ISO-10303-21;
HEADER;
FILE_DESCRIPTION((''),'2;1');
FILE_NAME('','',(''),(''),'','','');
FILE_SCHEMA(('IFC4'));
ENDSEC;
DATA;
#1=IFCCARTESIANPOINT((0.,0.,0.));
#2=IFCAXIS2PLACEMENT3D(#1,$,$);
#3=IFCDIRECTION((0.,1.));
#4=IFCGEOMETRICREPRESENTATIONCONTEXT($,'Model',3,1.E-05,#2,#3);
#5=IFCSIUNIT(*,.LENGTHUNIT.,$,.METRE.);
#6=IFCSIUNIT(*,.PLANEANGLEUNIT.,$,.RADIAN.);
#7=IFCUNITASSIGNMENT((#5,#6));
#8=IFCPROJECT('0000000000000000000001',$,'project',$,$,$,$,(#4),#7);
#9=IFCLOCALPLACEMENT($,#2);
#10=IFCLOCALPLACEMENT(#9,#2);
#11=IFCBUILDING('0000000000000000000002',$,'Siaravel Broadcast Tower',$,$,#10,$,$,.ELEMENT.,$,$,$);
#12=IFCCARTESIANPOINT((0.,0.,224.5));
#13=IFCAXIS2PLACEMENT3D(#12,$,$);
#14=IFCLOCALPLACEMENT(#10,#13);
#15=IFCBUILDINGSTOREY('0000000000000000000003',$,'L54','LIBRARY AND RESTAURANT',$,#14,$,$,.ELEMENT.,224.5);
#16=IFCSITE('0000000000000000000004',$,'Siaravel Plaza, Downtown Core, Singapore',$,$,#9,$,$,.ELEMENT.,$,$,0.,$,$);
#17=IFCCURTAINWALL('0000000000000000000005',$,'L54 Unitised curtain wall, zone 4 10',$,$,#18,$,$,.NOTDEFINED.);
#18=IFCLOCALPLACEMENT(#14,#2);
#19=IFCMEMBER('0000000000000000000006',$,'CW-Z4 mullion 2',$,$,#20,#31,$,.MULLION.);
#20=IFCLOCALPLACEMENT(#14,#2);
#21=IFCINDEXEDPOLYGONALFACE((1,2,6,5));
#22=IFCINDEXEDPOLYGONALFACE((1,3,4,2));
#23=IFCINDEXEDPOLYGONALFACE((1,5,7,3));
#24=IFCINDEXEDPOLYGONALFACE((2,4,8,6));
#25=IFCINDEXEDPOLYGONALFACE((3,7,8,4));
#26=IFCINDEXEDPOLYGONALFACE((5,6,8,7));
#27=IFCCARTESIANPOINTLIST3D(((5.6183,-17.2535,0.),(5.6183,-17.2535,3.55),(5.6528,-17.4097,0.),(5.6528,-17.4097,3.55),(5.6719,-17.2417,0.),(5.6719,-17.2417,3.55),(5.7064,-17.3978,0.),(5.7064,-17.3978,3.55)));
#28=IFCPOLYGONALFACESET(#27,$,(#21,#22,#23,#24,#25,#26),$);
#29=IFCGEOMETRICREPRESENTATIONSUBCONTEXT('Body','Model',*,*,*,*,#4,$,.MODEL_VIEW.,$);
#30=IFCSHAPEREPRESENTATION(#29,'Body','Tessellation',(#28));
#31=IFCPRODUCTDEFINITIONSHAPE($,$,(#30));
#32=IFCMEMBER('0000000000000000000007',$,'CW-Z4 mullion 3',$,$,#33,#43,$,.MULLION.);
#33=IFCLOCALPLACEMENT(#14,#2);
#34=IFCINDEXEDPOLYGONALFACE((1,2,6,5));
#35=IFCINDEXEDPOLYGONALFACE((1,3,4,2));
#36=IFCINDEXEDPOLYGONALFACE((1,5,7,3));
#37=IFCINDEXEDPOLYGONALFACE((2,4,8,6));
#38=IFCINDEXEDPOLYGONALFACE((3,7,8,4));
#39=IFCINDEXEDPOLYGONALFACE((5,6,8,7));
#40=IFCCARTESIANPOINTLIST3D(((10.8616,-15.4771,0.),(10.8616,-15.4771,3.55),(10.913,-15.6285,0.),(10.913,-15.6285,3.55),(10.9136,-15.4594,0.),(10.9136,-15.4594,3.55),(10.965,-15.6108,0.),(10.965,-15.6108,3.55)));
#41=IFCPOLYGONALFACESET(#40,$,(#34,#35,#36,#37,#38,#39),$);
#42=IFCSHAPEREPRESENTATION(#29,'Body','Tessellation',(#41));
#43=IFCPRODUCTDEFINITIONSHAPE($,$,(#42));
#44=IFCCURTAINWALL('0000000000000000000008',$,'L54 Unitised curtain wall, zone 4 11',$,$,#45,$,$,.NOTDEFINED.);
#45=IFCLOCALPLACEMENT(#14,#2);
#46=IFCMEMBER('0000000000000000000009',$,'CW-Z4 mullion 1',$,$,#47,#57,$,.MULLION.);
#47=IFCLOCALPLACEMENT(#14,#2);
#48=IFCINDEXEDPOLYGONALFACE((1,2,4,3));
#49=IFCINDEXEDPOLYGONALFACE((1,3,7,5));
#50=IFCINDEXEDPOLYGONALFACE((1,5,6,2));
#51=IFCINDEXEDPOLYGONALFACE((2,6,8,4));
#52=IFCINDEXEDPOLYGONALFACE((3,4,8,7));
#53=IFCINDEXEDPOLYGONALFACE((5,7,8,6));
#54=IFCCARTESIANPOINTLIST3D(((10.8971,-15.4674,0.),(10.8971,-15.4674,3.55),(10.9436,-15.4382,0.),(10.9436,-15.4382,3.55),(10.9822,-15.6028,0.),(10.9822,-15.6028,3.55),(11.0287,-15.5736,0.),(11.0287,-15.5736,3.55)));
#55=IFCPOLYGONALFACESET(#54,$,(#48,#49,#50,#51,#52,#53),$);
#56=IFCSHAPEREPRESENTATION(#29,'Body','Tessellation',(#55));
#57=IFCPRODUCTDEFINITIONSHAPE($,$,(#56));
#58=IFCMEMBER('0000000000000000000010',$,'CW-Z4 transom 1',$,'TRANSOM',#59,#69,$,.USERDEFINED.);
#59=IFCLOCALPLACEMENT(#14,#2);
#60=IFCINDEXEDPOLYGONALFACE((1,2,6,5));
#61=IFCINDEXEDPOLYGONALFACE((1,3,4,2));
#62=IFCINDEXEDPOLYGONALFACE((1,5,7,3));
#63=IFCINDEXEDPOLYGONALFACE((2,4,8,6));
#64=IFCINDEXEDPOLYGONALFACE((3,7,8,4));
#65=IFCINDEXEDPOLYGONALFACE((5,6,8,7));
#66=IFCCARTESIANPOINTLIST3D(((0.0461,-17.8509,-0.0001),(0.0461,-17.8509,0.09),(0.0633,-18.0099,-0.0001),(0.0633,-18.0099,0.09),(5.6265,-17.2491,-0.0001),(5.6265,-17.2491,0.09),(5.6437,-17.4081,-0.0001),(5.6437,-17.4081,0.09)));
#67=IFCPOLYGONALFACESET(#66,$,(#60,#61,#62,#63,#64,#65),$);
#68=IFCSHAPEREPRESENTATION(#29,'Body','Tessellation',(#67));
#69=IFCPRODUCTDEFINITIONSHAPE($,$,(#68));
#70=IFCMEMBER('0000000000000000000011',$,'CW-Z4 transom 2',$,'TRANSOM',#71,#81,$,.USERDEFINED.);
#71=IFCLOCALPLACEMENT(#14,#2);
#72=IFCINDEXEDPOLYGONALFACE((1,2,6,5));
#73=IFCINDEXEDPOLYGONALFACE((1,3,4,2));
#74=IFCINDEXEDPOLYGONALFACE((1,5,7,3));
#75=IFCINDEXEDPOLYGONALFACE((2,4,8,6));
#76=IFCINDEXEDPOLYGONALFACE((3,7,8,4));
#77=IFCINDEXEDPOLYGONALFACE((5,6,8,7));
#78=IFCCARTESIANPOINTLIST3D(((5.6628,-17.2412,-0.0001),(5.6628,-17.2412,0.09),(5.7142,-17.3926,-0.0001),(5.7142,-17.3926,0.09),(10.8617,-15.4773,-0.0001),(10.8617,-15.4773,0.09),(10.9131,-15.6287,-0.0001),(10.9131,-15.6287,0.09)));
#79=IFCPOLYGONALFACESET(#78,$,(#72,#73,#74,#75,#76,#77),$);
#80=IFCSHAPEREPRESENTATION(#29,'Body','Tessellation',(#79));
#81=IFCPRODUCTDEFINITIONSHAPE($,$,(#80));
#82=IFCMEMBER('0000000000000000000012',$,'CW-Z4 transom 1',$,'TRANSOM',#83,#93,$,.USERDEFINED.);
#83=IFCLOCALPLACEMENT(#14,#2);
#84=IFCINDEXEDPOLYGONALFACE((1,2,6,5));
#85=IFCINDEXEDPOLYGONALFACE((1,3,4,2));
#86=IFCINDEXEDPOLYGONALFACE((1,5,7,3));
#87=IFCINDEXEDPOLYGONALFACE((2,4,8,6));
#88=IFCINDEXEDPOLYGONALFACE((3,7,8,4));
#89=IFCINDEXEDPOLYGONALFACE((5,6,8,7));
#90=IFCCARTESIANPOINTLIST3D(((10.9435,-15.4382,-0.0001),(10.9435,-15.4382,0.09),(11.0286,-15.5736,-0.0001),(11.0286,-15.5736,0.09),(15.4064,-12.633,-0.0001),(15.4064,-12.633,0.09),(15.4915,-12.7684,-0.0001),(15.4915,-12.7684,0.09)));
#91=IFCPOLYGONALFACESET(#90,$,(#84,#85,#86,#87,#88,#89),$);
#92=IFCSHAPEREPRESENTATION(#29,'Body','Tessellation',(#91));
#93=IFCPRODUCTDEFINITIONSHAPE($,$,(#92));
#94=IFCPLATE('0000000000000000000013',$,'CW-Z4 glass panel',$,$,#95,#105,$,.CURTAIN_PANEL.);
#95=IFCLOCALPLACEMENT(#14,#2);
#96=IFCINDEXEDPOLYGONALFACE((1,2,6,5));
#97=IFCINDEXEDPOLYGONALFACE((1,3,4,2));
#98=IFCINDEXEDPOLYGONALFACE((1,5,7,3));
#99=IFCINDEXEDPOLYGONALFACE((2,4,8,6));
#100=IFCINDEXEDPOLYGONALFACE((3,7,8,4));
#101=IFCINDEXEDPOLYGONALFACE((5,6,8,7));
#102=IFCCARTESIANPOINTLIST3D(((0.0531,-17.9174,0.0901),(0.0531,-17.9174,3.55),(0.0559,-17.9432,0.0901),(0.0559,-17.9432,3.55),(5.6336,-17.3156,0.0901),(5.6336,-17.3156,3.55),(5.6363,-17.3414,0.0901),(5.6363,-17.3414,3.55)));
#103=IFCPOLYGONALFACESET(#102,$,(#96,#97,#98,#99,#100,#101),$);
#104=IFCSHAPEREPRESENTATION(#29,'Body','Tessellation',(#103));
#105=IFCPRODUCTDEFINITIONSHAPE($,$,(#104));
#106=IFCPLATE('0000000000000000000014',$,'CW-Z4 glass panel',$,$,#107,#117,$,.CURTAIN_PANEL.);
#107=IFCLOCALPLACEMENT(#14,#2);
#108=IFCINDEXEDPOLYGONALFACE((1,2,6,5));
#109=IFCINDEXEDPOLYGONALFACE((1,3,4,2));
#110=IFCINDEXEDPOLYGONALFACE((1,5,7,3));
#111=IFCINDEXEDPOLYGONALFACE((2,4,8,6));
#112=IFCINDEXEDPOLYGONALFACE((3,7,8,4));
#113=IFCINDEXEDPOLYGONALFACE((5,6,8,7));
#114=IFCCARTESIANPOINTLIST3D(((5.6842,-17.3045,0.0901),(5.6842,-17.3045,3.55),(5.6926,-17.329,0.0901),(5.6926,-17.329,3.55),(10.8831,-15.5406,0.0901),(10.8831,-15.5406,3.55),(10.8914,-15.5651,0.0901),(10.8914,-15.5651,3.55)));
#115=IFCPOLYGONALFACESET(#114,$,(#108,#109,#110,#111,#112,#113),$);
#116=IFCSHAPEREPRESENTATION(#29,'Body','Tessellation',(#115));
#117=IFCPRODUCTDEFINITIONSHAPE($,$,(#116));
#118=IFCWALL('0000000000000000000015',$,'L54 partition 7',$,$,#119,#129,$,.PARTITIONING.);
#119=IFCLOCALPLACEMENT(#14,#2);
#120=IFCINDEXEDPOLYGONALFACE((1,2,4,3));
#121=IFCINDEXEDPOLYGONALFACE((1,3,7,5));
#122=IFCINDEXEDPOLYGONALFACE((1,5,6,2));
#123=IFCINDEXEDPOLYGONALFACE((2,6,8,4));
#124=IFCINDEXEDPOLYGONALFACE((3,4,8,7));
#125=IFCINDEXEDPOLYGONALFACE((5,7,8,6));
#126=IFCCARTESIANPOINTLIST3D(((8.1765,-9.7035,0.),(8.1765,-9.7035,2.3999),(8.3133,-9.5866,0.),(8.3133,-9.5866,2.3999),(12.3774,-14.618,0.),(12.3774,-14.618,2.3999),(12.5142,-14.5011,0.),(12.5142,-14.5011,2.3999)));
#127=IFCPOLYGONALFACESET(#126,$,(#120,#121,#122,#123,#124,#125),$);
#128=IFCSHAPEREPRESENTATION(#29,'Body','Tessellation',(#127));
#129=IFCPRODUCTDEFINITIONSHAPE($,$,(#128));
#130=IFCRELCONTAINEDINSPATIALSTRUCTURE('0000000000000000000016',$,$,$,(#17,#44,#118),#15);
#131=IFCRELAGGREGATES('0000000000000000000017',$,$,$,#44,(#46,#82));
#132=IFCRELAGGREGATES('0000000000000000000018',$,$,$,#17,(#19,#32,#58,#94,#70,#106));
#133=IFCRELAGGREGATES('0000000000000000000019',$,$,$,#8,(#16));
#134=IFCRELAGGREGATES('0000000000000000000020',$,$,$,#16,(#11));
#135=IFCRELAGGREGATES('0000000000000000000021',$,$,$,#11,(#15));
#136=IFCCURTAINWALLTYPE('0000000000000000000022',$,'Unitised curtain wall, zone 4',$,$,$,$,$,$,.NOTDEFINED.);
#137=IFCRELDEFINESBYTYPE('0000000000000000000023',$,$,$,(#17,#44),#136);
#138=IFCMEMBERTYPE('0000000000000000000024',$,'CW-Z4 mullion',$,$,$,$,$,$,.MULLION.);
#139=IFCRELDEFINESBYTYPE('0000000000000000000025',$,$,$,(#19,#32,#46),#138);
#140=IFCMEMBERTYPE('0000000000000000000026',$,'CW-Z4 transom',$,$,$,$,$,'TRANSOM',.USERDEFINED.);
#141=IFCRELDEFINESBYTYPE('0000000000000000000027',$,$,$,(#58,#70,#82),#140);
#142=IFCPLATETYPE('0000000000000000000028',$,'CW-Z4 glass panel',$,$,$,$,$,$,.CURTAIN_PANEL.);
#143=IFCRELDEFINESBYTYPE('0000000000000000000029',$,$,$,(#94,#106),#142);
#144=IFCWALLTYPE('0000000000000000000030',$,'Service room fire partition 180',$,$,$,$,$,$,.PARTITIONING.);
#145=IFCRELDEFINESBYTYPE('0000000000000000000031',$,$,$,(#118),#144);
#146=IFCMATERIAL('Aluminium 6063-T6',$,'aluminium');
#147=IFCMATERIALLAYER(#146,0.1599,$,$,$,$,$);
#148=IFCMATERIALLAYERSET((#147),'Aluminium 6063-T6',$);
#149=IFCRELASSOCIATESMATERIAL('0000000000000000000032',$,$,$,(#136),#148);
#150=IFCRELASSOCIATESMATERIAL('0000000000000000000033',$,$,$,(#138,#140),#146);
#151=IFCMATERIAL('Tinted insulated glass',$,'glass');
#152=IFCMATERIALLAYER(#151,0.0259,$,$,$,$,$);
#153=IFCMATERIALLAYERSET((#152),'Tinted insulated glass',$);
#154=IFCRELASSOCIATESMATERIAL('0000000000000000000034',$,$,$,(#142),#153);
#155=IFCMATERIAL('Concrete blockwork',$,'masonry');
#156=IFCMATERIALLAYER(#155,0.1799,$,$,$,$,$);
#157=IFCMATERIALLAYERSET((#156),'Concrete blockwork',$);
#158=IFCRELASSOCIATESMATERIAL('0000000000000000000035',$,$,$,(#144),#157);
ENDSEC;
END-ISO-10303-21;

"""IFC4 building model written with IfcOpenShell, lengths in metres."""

from ifc_helpers import new_model, si_unit, direction, frame, frame_2d, origin, origin_2d, place, context, subcontext, project, spatial, rectangle, extrude, material, layer, layer_set, material_profile, profile_set, type_object, element, aggregate, save


model = new_model("IFC4")

# Units and contexts
model_context = context("Model", 3, precision=1e-05, world=origin(), true_north=direction((0.0, 1.0)))
body_context = subcontext(model_context, "Body", "Model", "MODEL_VIEW")
ifc_project = project(units=[si_unit("LENGTHUNIT", "METRE"), si_unit("PLANEANGLEUNIT", "RADIAN")], contexts=[model_context])

# Site, building, storey
site_placement = place(None, origin())
site = spatial("IfcSite", under=ifc_project, at=site_placement, Name="Siaravel Plaza, Downtown Core, Singapore", CompositionType="ELEMENT", RefElevation=0.0)
building_placement = place(site_placement, origin())
building = spatial("IfcBuilding", under=site, at=building_placement, Name="Siaravel Broadcast Tower", CompositionType="ELEMENT")
storey_placement = place(building_placement, frame((0.0, 0.0, 224.5)))
storey = spatial("IfcBuildingStorey", under=building, at=storey_placement, Name="L54", Description="LIBRARY AND RESTAURANT", CompositionType="ELEMENT", Elevation=224.5)

# Curtain wall, members
ifc_material_1 = material(Name="Aluminium 6063-T6", Category="aluminium")
ifc_layer_1 = layer(ifc_material_1, 0.1599)
ifc_layer_set_1 = layer_set([ifc_layer_1], Name="Aluminium 6063-T6")
curtain_wall_type = type_object("IfcCurtainWallType", Name="Unitised curtain wall, zone 4", PredefinedType="NOTDEFINED", material=ifc_layer_set_1)
curtain_wall_1_placement = place(storey_placement, origin())
curtain_wall_1 = element("IfcCurtainWall", 1, at=curtain_wall_1_placement, inside=storey, type_object=curtain_wall_type, Name="L54 Unitised curtain wall, zone 4 10", PredefinedType="NOTDEFINED")
ifc_material_profile_1 = material_profile(ifc_material_1, rectangle(XDim=0.1599, YDim=0.0549, at=origin_2d()))
ifc_profile_set_1 = profile_set([ifc_material_profile_1], Name="Aluminium 6063-T6")
member_type_1 = type_object("IfcMemberType", Name="CW-Z4 mullion", PredefinedType="MULLION", material=ifc_profile_set_1)
member_1_placement = place(storey_placement, frame((5.6624, -17.3257, 0.0), z_axis=(0.0, 0.0, 1.0), x_axis=(-0.215558, 0.976491, 0.0)))
member_1 = element("IfcMember", 2, at=member_1_placement, type_object=member_type_1, Name="CW-Z4 mullion 2", PredefinedType="MULLION", context=body_context, shape_type="SweptSolid", body=[
    extrude(rectangle(XDim=0.1599, YDim=0.0549, at=origin_2d()), origin(), (0.0, 0.0, 1.0), 3.55),
])
member_2_placement = place(storey_placement, frame((10.9133, -15.5439, 0.0), z_axis=(0.0, 0.0, 1.0), x_axis=(-0.321301, 0.946977, 0.0)))
member_2 = element("IfcMember", 3, at=member_2_placement, type_object=member_type_1, Name="CW-Z4 mullion 3", PredefinedType="MULLION", context=body_context, shape_type="SweptSolid", body=[
    extrude(rectangle(XDim=0.1599, YDim=0.0549, at=origin_2d()), origin(), (0.0, 0.0, 1.0), 3.55),
])

# Curtain wall, member
curtain_wall_2_placement = place(storey_placement, origin())
curtain_wall_2 = element("IfcCurtainWall", 4, at=curtain_wall_2_placement, inside=storey, type_object=curtain_wall_type, Name="L54 Unitised curtain wall, zone 4 11", PredefinedType="NOTDEFINED")
member_3_placement = place(storey_placement, frame((10.9629, -15.5205, 0.0), z_axis=(0.0, 0.0, 1.0), x_axis=(-0.53215, 0.84665, 0.0)))
member_3 = element("IfcMember", 5, at=member_3_placement, type_object=member_type_1, Name="CW-Z4 mullion 1", PredefinedType="MULLION", context=body_context, shape_type="SweptSolid", body=[
    extrude(rectangle(XDim=0.1599, YDim=0.0549, at=origin_2d()), origin(), (0.0, 0.0, 1.0), 3.55),
])

# Members
ifc_material_profile_2 = material_profile(ifc_material_1, rectangle(XDim=0.1599, YDim=0.0901, at=origin_2d()))
ifc_profile_set_2 = profile_set([ifc_material_profile_2], Name="Aluminium 6063-T6")
member_type_2 = type_object("IfcMemberType", Name="CW-Z4 transom", ElementType="TRANSOM", PredefinedType="USERDEFINED", material=ifc_profile_set_2)
member_4_placement = place(storey_placement, frame((0.0547, -17.9304, 0.0449), z_axis=(0.994235, 0.107223, 0.0), x_axis=(-0.107223, 0.994235, 0.0)))
member_4 = element("IfcMember", 6, at=member_4_placement, type_object=member_type_2, Name="CW-Z4 transom 1", ObjectType="TRANSOM", PredefinedType="USERDEFINED", context=body_context, shape_type="SweptSolid", body=[
    extrude(rectangle(XDim=0.1599, YDim=0.0901, at=origin_2d()), origin(), (0.0, 0.0, 1.0), 5.6128),
])
member_5_placement = place(storey_placement, frame((5.6885, -17.3169, 0.0449), z_axis=(0.94698, 0.321293, 0.0), x_axis=(-0.321293, 0.94698, 0.0)))
member_5 = element("IfcMember", 7, at=member_5_placement, type_object=member_type_2, Name="CW-Z4 transom 2", ObjectType="TRANSOM", PredefinedType="USERDEFINED", context=body_context, shape_type="SweptSolid", body=[
    extrude(rectangle(XDim=0.1599, YDim=0.0901, at=origin_2d()), origin(), (0.0, 0.0, 1.0), 5.49),
])
member_6_placement = place(storey_placement, frame((10.9861, -15.5059, 0.0449), z_axis=(0.846643, 0.532162, 0.0), x_axis=(-0.532162, 0.846643, 0.0)))
member_6 = element("IfcMember", 8, at=member_6_placement, type_object=member_type_2, Name="CW-Z4 transom 1", ObjectType="TRANSOM", PredefinedType="USERDEFINED", context=body_context, shape_type="SweptSolid", body=[
    extrude(rectangle(XDim=0.1599, YDim=0.0901, at=origin_2d()), origin(), (0.0, 0.0, 1.0), 5.2712),
])
aggregate(curtain_wall_2, [member_3, member_6])

# Plates
ifc_material_2 = material(Name="Tinted insulated glass", Category="glass")
ifc_layer_2 = layer(ifc_material_2, 0.0259)
ifc_layer_set_2 = layer_set([ifc_layer_2], Name="Tinted insulated glass")
plate_type = type_object("IfcPlateType", Name="CW-Z4 glass panel", PredefinedType="CURTAIN_PANEL", material=ifc_layer_set_2)
plate_1_placement = place(storey_placement, frame((2.8447, -17.6294, 0.0901), z_axis=(0.0, 0.0, 1.0), x_axis=(0.994236, 0.107218, 0.0)))
plate_1 = element("IfcPlate", 9, at=plate_1_placement, type_object=plate_type, Name="CW-Z4 glass panel", PredefinedType="CURTAIN_PANEL", context=body_context, shape_type="SweptSolid", body=[
    extrude(rectangle(XDim=5.6128, YDim=0.0259, at=origin_2d()), origin(), (0.0, 0.0, 1.0), 3.46),
])
plate_2_placement = place(storey_placement, frame((8.2878, -16.4348, 0.0901), z_axis=(0.0, 0.0, 1.0), x_axis=(0.946977, 0.321301, 0.0)))
plate_2 = element("IfcPlate", 10, at=plate_2_placement, type_object=plate_type, Name="CW-Z4 glass panel", PredefinedType="CURTAIN_PANEL", context=body_context, shape_type="SweptSolid", body=[
    extrude(rectangle(XDim=5.49, YDim=0.0259, at=origin_2d()), origin(), (0.0, 0.0, 1.0), 3.46),
])
aggregate(curtain_wall_1, [member_1, member_2, member_4, plate_1, member_5, plate_2])

# Wall
ifc_material_3 = material(Name="Concrete blockwork", Category="masonry")
ifc_layer_3 = layer(ifc_material_3, 0.1799)
ifc_layer_set_3 = layer_set([ifc_layer_3], Name="Concrete blockwork")
wall_type = type_object("IfcWallType", Name="Service room fire partition 180", PredefinedType="PARTITIONING", material=ifc_layer_set_3)
wall_placement = place(storey_placement, frame((12.4458, -14.5596, 0.0), z_axis=(0.0, 0.0, 1.0), x_axis=(-0.649761, 0.760138, 0.0)))
element("IfcWall", 11, at=wall_placement, inside=storey, type_object=wall_type, Name="L54 partition 7", PredefinedType="PARTITIONING", context=body_context, shape_type="SweptSolid", body=[
    extrude(rectangle(XDim=6.4653, YDim=0.1799, at=frame_2d((3.2327, 0.0))), origin(), (0.0, 0.0, 1.0), 2.3999),
])

save(model, "model.ifc")
